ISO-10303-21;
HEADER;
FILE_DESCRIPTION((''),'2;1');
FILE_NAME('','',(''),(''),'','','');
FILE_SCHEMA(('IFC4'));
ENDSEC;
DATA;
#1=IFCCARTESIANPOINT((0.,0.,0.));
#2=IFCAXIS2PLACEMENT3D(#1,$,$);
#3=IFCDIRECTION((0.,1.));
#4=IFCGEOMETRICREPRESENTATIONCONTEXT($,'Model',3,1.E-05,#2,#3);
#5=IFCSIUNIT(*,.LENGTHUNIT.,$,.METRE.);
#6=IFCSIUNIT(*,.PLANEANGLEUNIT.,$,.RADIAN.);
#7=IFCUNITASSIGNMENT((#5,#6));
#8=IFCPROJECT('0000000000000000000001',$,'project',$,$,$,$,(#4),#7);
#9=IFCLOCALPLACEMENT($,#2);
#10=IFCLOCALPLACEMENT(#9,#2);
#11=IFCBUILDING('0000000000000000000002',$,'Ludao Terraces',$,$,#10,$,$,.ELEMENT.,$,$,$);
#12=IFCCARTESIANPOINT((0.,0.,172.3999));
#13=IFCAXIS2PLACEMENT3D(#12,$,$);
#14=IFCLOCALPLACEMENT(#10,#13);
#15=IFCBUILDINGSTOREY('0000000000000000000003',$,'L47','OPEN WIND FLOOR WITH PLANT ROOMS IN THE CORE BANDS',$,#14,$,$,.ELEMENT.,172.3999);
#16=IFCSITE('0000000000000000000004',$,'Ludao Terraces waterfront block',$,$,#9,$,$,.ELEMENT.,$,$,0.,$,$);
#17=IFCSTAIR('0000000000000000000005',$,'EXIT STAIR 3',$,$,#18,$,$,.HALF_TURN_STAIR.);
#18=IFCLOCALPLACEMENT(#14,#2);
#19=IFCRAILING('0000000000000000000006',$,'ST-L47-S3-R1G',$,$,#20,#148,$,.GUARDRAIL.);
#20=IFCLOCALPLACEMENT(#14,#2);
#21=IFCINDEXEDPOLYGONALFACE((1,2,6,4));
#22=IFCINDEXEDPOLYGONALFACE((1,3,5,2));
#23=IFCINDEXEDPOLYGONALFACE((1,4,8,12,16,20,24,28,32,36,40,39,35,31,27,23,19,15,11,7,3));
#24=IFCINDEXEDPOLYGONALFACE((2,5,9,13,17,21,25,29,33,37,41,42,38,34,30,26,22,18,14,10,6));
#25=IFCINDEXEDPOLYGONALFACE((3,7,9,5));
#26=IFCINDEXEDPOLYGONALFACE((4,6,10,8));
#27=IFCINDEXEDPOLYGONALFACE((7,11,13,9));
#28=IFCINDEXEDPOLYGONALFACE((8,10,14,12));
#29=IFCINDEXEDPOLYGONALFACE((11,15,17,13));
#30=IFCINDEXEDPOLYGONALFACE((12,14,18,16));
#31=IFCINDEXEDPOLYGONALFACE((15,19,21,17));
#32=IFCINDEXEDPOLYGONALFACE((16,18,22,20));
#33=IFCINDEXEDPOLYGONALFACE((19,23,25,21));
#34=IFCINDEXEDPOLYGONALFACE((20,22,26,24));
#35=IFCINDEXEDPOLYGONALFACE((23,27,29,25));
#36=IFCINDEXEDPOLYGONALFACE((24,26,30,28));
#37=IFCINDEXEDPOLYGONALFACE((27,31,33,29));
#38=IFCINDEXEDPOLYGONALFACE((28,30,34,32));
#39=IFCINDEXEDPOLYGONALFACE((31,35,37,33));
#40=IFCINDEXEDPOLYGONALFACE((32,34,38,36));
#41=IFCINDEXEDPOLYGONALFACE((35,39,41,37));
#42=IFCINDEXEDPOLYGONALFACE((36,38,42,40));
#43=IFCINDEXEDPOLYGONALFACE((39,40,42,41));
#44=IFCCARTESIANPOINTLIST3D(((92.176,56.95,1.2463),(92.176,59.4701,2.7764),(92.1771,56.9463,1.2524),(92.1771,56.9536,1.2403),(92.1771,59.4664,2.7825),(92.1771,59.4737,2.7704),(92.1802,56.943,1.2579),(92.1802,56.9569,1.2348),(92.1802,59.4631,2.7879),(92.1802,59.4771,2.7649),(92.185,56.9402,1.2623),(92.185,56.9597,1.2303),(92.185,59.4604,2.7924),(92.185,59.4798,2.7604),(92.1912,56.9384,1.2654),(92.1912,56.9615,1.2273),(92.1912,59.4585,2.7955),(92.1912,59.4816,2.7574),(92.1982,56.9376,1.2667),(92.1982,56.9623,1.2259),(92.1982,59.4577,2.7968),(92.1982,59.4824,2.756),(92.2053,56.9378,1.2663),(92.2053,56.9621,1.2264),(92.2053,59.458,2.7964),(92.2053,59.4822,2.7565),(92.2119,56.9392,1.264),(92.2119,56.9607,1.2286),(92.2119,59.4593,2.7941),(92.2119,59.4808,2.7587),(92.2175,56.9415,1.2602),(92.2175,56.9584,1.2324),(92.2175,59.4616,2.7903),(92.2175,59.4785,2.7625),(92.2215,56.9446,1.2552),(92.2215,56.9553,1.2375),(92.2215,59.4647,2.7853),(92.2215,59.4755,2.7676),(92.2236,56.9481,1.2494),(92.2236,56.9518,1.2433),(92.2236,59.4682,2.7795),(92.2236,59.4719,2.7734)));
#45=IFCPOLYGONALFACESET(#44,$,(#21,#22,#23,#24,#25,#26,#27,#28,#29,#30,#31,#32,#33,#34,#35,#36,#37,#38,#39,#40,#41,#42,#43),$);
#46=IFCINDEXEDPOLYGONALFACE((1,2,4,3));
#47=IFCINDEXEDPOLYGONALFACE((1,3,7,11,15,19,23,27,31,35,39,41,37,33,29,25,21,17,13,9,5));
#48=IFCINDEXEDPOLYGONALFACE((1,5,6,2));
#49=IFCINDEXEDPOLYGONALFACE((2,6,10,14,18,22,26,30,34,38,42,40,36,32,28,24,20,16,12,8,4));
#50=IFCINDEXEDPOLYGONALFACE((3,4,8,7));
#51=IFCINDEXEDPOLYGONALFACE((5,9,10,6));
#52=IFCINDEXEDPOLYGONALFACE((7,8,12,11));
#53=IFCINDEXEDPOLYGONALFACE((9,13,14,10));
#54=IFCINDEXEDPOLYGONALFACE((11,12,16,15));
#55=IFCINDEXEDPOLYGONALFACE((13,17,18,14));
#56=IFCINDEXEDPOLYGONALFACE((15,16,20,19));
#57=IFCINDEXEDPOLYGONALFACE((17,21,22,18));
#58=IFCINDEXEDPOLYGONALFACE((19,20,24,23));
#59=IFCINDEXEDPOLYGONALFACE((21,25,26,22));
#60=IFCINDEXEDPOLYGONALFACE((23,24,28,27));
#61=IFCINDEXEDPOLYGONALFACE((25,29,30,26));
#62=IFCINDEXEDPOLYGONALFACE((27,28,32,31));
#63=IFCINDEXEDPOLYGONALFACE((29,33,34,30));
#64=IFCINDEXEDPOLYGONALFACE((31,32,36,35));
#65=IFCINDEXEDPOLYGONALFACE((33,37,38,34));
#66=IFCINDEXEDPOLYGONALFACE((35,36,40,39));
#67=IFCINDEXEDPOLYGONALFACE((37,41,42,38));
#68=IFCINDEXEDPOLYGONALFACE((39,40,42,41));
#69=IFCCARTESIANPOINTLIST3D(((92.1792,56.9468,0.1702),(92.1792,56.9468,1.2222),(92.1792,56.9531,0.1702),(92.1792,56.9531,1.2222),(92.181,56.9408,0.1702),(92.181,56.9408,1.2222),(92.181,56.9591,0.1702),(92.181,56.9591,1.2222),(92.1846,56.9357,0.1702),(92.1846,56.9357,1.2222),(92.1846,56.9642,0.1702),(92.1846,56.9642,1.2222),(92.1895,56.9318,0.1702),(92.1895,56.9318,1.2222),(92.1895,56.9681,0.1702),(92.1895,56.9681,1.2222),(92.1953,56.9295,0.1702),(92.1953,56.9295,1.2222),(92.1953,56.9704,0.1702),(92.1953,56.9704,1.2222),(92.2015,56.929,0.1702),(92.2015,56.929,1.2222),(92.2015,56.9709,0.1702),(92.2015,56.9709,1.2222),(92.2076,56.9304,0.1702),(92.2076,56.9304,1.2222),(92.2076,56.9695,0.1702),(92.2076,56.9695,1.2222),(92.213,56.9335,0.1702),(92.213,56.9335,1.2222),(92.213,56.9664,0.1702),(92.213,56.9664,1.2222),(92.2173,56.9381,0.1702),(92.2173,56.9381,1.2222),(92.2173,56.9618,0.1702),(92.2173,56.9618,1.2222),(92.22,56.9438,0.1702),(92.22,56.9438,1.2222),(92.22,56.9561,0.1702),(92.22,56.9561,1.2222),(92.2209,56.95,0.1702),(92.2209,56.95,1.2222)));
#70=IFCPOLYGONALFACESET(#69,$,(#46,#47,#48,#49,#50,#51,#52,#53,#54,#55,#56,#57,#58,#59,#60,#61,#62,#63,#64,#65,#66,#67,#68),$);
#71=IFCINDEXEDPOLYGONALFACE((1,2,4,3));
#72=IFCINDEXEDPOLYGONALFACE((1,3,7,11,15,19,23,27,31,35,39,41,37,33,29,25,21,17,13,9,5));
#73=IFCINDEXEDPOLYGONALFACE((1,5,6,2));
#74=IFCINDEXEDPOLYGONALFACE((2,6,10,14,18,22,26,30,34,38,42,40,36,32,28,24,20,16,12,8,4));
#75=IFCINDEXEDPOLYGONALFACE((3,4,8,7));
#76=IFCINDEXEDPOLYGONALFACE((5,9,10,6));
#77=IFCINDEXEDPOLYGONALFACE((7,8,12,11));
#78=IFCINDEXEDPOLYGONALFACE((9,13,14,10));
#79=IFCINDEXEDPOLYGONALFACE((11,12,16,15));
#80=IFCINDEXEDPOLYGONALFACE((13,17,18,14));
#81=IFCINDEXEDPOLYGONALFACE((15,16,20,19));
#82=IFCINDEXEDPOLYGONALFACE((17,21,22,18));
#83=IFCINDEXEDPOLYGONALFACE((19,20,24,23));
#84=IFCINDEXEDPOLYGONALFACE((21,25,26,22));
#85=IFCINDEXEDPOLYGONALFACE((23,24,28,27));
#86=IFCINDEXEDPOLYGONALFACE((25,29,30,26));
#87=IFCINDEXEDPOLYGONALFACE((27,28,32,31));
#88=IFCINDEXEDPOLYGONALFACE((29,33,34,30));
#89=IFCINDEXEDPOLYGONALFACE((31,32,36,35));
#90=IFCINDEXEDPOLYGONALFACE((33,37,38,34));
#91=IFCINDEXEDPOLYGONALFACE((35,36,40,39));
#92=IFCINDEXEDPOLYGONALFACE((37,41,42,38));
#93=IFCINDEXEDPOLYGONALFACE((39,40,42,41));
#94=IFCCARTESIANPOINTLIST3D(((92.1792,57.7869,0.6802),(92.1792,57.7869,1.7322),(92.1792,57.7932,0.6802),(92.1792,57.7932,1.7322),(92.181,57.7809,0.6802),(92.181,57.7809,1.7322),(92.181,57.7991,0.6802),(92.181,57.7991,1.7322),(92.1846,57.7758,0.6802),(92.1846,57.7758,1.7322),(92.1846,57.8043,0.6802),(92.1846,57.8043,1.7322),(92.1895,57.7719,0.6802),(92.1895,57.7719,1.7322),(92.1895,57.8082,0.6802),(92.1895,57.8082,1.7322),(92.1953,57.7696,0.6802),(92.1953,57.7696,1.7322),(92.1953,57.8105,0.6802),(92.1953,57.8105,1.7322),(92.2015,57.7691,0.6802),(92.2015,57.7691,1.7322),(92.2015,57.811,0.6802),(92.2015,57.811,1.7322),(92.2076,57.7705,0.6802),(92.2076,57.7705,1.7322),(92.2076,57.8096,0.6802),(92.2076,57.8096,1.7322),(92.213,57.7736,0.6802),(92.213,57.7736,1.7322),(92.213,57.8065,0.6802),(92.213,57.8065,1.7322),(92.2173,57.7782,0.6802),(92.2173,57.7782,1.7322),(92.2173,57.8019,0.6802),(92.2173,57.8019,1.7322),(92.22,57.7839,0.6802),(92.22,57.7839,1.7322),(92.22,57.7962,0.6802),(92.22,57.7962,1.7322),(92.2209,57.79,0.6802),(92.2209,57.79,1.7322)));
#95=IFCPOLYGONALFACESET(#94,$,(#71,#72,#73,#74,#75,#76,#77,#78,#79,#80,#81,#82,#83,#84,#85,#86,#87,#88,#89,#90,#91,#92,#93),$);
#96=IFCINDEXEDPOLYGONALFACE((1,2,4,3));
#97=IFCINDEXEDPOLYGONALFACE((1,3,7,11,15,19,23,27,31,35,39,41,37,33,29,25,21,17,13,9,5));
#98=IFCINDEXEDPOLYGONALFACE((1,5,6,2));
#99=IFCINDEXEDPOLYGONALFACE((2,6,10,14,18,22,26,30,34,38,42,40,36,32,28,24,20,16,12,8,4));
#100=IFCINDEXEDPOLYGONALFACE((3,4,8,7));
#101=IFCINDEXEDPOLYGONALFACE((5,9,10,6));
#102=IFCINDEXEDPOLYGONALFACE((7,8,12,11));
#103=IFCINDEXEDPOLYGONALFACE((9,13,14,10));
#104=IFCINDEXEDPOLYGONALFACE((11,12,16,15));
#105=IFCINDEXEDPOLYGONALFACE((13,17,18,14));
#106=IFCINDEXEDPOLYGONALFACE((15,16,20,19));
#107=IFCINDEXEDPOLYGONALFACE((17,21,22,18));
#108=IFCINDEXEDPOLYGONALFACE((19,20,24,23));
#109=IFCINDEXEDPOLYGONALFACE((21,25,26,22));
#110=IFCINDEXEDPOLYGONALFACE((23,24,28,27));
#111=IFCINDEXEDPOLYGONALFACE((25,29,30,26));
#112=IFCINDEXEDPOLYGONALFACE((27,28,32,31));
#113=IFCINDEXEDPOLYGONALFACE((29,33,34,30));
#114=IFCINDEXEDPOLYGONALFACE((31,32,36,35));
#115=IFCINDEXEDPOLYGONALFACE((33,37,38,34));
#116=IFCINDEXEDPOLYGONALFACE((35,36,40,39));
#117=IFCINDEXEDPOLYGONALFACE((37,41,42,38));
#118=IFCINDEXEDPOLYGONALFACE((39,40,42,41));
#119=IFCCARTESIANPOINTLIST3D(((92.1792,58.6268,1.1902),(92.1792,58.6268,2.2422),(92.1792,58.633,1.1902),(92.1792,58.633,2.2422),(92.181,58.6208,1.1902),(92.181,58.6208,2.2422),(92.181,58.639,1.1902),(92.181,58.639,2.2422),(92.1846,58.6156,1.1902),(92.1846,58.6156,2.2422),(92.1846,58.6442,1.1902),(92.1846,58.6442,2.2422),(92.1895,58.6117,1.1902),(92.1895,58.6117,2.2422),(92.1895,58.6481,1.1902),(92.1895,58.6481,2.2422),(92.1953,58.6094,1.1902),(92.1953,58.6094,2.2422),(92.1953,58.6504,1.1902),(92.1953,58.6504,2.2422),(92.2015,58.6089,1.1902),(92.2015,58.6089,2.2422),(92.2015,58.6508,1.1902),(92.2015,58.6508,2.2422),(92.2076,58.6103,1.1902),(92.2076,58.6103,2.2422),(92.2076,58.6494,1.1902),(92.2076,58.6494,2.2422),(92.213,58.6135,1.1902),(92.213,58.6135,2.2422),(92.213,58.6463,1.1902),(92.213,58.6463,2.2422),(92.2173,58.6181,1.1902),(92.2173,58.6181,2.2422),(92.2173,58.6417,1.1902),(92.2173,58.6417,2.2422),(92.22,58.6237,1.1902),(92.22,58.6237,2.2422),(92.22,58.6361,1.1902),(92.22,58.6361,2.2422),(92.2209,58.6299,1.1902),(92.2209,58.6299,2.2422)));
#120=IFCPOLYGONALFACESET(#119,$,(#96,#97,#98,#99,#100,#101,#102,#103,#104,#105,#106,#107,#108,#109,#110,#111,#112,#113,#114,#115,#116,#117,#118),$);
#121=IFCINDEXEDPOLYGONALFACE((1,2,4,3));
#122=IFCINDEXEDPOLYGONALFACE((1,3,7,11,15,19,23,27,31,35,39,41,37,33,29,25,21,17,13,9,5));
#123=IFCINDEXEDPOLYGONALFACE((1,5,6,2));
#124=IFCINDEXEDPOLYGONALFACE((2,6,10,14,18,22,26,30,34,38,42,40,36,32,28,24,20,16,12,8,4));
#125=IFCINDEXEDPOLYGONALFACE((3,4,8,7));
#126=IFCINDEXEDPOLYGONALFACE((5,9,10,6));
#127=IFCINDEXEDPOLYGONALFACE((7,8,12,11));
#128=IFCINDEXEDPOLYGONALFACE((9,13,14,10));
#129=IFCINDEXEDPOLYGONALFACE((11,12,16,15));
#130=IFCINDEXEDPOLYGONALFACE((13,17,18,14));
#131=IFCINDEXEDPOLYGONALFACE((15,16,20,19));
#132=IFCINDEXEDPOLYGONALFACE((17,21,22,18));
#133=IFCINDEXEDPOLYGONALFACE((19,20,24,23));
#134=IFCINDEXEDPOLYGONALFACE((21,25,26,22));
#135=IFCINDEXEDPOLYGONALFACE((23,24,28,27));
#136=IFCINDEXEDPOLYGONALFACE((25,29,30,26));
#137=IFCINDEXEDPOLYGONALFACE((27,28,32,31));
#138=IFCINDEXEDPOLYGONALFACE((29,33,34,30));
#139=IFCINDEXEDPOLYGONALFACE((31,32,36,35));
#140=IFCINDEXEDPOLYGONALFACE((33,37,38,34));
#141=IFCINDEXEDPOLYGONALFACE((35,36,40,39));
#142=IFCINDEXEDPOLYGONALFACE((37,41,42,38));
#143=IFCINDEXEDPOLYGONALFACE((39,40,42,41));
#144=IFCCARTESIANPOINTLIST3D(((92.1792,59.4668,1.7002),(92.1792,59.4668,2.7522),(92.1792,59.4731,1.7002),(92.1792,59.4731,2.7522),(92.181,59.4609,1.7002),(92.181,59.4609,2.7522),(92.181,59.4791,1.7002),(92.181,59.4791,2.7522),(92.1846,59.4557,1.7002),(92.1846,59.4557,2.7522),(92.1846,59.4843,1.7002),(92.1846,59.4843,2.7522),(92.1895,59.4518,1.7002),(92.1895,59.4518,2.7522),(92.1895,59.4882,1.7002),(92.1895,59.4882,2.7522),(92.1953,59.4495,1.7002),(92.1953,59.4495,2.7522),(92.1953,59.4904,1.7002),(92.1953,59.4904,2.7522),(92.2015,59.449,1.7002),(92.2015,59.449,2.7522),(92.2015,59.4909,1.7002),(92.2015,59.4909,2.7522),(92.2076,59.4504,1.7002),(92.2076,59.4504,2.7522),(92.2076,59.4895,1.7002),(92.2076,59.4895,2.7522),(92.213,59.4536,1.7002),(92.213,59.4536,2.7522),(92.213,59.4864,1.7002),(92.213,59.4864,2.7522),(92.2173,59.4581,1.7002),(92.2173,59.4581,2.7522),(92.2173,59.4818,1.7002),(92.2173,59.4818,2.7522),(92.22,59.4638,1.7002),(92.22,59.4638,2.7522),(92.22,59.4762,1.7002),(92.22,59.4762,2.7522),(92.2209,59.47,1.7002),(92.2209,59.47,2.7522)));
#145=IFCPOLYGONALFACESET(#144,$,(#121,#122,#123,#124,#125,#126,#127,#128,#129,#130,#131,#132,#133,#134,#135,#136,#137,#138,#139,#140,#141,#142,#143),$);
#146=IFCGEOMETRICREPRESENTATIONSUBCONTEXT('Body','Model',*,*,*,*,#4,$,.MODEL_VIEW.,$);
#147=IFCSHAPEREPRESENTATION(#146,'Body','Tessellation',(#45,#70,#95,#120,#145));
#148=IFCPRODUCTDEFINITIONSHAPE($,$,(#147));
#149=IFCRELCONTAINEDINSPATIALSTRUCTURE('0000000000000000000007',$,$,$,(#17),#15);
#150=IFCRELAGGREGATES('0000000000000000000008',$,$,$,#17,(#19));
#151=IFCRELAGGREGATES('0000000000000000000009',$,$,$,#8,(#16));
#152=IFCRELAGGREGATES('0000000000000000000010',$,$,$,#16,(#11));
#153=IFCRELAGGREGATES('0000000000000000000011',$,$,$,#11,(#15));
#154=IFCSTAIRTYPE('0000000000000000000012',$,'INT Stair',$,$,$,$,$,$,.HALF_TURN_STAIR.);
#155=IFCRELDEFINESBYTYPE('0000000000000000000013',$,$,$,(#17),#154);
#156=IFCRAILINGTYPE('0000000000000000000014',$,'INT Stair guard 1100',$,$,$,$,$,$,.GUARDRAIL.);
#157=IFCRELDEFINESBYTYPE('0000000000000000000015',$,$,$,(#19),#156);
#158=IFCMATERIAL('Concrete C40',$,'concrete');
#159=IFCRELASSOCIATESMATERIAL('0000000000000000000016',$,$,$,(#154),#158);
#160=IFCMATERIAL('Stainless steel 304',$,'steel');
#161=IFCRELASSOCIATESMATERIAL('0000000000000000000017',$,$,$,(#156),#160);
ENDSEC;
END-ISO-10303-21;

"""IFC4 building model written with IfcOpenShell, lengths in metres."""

from ifc_helpers import new_model, si_unit, direction, frame, origin, origin_2d, place, context, subcontext, project, spatial, circle, extrude, material, type_object, element, aggregate, save


model = new_model("IFC4")

# Units and contexts
model_context = context("Model", 3, precision=1e-05, world=origin(), true_north=direction((0.0, 1.0)))
body_context = subcontext(model_context, "Body", "Model", "MODEL_VIEW")
ifc_project = project(units=[si_unit("LENGTHUNIT", "METRE"), si_unit("PLANEANGLEUNIT", "RADIAN")], contexts=[model_context])

# Site, building, storey
site_placement = place(None, origin())
site = spatial("IfcSite", under=ifc_project, at=site_placement, Name="Ludao Terraces waterfront block", CompositionType="ELEMENT", RefElevation=0.0)
building_placement = place(site_placement, origin())
building = spatial("IfcBuilding", under=site, at=building_placement, Name="Ludao Terraces", CompositionType="ELEMENT")
storey_placement = place(building_placement, frame((0.0, 0.0, 172.3999)))
storey = spatial("IfcBuildingStorey", under=building, at=storey_placement, Name="L47", Description="OPEN WIND FLOOR WITH PLANT ROOMS IN THE CORE BANDS", CompositionType="ELEMENT", Elevation=172.3999)

# Stair, railing
ifc_material_1 = material(Name="Concrete C40", Category="concrete")
stair_type = type_object("IfcStairType", Name="INT Stair", PredefinedType="HALF_TURN_STAIR", material=ifc_material_1)
stair_placement = place(storey_placement, origin())
stair = element("IfcStair", 1, at=stair_placement, inside=storey, type_object=stair_type, Name="EXIT STAIR 3", PredefinedType="HALF_TURN_STAIR")
ifc_material_2 = material(Name="Stainless steel 304", Category="steel")
railing_type_1 = type_object("IfcRailingType", Name="INT Stair guard 1100", PredefinedType="GUARDRAIL", material=ifc_material_2)
railing_1_placement = place(storey_placement, frame((92.2, 56.95, 0.1702)))
railing_1 = element("IfcRailing", 2, at=railing_1_placement, type_object=railing_type_1, Name="ST-L47-S3-R1G", PredefinedType="GUARDRAIL", context=body_context, shape_type="SweptSolid", body=[
    extrude(circle(Radius=0.0239, at=origin_2d()), frame((0.0, 0.0, 1.0762), z_axis=(0.0, 0.854785, 0.518982), x_axis=(-1.0, 0.0, 0.0)), (0.0, 0.0, 1.0), 2.9482),
    extrude(circle(Radius=0.021, at=origin_2d()), origin(), (0.0, 0.0, 1.0), 1.052),
    extrude(circle(Radius=0.021, at=origin_2d()), frame((0.0, 0.8401, 0.51)), (0.0, 0.0, 1.0), 1.052),
    extrude(circle(Radius=0.021, at=origin_2d()), frame((0.0, 1.6799, 1.02)), (0.0, 0.0, 1.0), 1.052),
    extrude(circle(Radius=0.021, at=origin_2d()), frame((0.0, 2.52, 1.53)), (0.0, 0.0, 1.0), 1.052),
])
aggregate(stair, [railing_1])

save(model, "model.ifc")
